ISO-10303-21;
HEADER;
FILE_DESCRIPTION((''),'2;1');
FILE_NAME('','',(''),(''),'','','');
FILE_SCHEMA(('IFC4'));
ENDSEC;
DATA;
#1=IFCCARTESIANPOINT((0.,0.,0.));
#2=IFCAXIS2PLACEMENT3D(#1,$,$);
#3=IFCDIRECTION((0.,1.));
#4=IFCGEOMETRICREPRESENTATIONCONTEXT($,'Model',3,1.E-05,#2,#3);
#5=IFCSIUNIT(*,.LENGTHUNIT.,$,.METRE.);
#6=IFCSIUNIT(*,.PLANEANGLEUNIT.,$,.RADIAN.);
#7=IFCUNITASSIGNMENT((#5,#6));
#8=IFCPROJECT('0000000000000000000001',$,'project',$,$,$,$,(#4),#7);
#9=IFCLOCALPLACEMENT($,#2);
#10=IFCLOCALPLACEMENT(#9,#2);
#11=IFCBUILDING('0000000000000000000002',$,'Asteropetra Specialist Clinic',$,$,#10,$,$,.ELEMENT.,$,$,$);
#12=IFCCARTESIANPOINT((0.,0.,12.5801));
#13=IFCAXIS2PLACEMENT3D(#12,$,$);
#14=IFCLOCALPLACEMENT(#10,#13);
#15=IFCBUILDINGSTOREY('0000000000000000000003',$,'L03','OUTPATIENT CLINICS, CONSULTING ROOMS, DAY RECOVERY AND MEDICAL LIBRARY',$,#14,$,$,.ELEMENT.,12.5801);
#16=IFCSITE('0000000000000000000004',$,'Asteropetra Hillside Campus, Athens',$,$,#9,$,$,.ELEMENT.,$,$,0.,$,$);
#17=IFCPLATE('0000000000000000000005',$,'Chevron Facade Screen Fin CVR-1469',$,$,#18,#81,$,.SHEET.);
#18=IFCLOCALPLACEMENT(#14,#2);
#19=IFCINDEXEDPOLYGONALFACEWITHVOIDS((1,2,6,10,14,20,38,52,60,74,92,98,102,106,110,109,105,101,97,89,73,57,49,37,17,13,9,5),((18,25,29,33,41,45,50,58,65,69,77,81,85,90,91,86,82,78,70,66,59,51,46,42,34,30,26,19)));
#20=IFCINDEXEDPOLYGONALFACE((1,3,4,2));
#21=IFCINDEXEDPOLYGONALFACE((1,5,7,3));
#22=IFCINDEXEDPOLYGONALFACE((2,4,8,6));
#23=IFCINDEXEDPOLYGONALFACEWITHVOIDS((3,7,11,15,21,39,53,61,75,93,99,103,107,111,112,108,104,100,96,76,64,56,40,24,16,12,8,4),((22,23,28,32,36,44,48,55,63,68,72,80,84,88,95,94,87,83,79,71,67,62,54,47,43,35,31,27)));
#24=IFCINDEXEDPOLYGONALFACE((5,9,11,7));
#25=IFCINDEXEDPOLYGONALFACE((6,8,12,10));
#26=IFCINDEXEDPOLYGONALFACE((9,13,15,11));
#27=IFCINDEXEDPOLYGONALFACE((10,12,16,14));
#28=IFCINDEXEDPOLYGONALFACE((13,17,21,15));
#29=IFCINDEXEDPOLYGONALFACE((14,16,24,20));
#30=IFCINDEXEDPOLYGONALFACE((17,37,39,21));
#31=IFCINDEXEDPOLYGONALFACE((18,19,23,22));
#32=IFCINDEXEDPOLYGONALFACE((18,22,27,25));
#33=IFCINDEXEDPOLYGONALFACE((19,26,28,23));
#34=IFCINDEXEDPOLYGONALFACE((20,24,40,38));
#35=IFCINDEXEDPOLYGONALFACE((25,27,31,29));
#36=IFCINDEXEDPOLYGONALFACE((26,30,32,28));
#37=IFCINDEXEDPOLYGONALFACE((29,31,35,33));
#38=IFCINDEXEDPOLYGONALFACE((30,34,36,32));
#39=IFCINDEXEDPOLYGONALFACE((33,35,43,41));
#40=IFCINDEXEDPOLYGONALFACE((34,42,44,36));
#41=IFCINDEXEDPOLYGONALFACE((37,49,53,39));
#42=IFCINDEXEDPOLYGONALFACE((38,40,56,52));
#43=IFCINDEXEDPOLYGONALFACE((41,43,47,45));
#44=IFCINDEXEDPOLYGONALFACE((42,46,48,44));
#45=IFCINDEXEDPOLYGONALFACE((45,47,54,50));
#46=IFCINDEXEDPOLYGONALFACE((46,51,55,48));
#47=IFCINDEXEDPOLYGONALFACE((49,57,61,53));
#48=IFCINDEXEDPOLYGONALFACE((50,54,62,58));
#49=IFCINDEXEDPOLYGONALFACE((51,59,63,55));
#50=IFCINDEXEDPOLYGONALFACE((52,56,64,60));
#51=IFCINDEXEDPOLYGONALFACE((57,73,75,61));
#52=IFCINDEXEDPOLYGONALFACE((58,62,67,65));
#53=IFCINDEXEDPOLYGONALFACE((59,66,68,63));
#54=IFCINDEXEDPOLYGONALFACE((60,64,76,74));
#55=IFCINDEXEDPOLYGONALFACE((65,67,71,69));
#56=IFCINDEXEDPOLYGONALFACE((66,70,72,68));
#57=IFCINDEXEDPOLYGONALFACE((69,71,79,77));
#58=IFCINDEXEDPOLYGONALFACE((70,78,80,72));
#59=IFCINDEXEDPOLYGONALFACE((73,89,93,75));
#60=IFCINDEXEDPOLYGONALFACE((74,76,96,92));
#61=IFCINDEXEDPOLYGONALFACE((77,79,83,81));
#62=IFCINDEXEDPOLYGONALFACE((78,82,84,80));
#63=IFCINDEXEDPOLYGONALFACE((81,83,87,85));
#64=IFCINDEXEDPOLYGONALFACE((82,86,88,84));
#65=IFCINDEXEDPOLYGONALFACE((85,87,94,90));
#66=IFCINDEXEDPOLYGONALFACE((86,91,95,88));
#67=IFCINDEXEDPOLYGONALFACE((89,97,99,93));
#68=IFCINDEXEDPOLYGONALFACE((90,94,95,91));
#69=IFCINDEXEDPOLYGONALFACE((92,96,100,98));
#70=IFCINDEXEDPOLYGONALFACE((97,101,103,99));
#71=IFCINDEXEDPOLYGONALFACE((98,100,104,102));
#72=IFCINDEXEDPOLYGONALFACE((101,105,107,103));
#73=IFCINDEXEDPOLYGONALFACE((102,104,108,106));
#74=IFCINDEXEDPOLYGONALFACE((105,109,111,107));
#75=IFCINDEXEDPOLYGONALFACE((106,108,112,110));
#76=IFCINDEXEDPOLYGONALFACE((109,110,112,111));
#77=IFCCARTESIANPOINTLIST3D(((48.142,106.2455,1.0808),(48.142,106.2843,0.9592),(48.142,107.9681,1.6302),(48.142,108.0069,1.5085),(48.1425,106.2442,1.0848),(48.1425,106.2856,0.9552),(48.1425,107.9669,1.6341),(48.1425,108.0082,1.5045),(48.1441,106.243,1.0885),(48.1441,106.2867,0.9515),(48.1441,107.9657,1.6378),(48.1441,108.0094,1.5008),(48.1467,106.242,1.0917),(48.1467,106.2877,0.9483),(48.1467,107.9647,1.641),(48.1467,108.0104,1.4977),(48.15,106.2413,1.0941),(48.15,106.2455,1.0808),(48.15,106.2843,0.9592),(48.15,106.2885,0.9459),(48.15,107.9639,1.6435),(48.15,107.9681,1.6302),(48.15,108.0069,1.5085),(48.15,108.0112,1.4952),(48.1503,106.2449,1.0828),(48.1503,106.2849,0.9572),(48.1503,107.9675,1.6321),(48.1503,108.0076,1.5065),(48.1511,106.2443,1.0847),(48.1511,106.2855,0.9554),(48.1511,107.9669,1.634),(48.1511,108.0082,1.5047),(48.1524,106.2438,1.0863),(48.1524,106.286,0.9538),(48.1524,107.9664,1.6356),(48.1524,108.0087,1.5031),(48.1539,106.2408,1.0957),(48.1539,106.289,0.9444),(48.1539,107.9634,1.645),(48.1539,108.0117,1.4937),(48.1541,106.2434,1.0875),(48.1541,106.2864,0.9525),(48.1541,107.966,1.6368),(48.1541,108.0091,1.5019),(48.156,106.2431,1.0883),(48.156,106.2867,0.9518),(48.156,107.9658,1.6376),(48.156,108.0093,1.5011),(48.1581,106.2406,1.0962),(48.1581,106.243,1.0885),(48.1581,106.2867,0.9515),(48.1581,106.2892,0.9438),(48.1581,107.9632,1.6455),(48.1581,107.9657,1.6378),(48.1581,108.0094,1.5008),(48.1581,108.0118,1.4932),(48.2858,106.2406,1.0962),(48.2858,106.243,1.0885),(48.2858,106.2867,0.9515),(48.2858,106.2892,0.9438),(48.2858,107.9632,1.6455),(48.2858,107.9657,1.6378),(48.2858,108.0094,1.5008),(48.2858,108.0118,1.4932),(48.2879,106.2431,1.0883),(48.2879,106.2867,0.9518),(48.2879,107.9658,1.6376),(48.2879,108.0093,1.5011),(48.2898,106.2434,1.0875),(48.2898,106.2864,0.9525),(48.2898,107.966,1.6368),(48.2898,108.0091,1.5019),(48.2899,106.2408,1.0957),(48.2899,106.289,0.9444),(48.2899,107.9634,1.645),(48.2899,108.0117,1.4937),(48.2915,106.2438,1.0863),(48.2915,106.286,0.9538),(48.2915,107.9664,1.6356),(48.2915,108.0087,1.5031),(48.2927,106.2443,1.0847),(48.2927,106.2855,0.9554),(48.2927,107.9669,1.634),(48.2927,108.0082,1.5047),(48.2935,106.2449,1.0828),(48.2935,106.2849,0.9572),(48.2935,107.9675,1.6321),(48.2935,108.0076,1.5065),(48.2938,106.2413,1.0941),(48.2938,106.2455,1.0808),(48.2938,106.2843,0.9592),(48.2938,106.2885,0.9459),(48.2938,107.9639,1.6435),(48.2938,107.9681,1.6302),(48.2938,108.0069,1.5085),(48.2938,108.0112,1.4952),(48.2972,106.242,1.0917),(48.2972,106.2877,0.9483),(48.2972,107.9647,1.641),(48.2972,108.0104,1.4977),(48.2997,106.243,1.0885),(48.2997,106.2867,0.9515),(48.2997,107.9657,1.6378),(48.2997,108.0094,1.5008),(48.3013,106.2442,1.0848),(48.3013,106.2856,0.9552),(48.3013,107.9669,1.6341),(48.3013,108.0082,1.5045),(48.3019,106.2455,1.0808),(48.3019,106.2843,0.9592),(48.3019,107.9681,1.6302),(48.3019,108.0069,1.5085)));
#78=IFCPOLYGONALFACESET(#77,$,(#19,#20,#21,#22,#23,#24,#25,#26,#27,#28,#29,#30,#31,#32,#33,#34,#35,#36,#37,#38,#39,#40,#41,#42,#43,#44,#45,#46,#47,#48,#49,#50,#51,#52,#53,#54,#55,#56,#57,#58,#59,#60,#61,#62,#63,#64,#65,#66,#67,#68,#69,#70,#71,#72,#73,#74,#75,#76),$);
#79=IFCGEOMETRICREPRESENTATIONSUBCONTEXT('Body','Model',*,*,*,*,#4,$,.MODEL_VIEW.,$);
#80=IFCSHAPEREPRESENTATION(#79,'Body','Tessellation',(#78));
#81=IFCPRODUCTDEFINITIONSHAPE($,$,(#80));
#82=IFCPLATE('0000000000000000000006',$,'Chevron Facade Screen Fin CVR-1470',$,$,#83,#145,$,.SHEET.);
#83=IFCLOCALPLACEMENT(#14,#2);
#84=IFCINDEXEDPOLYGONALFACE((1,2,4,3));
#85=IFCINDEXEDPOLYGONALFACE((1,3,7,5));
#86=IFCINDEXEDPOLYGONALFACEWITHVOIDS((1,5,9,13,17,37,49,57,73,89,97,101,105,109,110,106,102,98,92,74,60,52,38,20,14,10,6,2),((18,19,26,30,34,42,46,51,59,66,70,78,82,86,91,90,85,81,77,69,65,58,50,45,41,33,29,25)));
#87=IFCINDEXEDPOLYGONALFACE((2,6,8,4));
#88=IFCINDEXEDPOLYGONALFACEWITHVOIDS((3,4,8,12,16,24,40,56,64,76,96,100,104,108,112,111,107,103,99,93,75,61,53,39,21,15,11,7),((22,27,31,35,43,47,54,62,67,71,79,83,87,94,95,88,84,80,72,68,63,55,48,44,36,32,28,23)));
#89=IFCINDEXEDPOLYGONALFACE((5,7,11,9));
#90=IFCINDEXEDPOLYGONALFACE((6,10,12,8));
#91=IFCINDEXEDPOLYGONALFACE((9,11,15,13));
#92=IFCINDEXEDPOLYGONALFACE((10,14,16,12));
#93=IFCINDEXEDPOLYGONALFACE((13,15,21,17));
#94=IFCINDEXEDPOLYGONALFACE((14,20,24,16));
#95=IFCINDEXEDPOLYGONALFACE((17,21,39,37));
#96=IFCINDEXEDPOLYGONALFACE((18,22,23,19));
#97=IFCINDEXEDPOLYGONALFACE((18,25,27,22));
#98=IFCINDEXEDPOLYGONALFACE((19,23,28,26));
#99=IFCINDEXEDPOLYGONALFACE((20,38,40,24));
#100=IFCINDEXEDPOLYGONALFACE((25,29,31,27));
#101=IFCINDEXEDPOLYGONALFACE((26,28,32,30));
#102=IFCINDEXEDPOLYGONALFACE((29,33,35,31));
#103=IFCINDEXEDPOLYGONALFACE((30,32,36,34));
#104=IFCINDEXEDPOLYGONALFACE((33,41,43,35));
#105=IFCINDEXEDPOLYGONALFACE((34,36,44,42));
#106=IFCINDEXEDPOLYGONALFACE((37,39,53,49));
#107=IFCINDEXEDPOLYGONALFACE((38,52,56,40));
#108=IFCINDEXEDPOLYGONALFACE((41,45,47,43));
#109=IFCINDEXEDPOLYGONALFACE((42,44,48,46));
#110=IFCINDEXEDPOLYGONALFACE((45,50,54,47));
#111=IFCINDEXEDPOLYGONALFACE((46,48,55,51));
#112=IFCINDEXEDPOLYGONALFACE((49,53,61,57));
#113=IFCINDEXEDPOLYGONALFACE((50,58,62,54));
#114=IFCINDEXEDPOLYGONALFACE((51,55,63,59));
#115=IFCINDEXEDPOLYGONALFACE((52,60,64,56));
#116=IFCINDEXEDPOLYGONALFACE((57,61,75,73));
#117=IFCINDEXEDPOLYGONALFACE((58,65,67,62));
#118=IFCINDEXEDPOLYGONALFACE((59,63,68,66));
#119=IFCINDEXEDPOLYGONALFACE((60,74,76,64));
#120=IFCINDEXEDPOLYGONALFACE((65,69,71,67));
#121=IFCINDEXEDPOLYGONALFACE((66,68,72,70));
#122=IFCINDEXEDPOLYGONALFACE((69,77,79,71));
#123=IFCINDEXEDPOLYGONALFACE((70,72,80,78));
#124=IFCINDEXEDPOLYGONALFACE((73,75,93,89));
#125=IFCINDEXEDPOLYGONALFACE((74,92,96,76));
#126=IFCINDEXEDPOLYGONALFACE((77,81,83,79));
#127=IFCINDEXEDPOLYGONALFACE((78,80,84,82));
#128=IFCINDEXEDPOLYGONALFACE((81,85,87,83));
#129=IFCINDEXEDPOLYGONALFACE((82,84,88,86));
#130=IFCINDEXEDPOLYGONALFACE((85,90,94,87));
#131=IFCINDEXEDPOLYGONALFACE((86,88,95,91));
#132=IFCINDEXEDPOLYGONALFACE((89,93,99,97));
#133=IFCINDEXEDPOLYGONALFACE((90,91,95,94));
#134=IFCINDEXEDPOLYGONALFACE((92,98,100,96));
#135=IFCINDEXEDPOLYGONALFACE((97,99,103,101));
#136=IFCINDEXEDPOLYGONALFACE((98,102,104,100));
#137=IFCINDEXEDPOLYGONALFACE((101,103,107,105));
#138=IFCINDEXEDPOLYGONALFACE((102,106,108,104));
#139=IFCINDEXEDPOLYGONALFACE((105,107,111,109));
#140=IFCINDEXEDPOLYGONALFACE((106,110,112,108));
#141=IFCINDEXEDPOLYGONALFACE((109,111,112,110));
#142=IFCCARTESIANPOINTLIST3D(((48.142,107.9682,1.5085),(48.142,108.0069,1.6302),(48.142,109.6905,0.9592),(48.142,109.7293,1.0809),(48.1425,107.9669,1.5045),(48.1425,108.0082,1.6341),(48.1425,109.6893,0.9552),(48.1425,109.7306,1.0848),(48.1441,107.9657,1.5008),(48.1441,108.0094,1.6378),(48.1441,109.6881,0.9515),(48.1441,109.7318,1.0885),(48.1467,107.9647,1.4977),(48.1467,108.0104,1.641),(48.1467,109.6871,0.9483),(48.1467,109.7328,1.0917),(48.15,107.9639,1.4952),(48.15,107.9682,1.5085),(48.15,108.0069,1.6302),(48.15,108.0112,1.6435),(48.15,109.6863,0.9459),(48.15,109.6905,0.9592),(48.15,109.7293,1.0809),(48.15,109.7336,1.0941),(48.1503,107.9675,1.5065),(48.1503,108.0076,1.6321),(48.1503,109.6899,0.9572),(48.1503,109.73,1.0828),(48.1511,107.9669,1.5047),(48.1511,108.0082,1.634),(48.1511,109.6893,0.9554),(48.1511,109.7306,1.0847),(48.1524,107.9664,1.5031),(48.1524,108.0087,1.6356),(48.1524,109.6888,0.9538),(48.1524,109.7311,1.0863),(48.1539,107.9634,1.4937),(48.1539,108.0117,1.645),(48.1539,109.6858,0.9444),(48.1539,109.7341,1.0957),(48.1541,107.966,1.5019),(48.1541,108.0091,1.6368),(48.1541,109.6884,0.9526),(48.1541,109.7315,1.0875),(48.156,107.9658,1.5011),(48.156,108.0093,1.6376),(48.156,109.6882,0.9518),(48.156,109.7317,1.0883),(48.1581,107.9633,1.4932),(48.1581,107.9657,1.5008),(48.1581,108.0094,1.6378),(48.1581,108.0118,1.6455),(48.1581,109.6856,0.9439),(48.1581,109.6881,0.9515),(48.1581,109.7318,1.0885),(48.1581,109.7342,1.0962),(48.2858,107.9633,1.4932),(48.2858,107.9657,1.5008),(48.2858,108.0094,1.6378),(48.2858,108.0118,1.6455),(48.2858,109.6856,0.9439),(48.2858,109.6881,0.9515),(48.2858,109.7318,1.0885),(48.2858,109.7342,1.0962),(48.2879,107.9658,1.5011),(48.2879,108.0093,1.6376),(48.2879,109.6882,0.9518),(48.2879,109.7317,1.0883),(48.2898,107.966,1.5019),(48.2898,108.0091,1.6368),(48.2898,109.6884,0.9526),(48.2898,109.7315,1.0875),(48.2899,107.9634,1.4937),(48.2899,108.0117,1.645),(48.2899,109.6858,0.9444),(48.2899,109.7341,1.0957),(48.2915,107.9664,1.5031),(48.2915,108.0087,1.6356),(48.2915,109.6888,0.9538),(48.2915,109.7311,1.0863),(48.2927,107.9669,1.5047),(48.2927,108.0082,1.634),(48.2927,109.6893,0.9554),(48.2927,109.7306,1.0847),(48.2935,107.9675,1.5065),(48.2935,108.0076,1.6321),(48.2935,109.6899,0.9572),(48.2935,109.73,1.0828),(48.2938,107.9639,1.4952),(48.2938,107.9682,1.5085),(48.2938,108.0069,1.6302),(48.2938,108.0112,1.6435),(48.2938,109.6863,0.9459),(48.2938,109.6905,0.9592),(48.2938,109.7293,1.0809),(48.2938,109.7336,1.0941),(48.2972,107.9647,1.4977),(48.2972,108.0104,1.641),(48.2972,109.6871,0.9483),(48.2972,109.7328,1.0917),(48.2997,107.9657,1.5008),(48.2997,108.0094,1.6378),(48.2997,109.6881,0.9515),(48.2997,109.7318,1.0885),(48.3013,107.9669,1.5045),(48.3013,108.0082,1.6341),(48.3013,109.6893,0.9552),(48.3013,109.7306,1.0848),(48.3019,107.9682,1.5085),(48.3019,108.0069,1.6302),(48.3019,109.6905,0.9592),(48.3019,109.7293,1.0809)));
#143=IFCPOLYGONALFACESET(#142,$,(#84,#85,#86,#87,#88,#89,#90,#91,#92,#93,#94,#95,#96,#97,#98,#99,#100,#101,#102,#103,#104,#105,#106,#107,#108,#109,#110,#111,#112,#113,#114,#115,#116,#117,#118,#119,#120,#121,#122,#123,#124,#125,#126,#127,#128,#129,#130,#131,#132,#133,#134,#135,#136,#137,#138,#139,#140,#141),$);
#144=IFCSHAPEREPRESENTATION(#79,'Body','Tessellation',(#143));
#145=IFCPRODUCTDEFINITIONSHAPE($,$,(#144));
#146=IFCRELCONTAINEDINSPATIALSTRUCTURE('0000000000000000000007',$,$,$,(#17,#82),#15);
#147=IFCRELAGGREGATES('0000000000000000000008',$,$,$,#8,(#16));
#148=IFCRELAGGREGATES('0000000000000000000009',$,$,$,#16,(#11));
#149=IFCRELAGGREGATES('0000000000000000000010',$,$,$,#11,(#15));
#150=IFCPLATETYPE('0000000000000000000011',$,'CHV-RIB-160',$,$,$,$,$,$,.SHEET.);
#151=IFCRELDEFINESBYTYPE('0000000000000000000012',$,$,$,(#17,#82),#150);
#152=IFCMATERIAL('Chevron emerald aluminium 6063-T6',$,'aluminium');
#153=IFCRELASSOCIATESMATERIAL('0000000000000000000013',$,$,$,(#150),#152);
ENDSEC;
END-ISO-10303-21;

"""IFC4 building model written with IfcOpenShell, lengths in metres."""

from ifc_helpers import new_model, si_unit, direction, frame, origin, origin_2d, place, context, subcontext, project, spatial, hollow_rectangle, extrude, material, material_profile, profile_set, type_object, element, save


model = new_model("IFC4")

# Units and contexts
model_context = context("Model", 3, precision=1e-05, world=origin(), true_north=direction((0.0, 1.0)))
body_context = subcontext(model_context, "Body", "Model", "MODEL_VIEW")
ifc_project = project(units=[si_unit("LENGTHUNIT", "METRE"), si_unit("PLANEANGLEUNIT", "RADIAN")], contexts=[model_context])

# Site, building, storey
site_placement = place(None, origin())
site = spatial("IfcSite", under=ifc_project, at=site_placement, Name="Asteropetra Hillside Campus, Athens", CompositionType="ELEMENT", RefElevation=0.0)
building_placement = place(site_placement, origin())
building = spatial("IfcBuilding", under=site, at=building_placement, Name="Asteropetra Specialist Clinic", CompositionType="ELEMENT")
storey_placement = place(building_placement, frame((0.0, 0.0, 12.5801)))
storey = spatial("IfcBuildingStorey", under=building, at=storey_placement, Name="L03", Description="OUTPATIENT CLINICS, CONSULTING ROOMS, DAY RECOVERY AND MEDICAL LIBRARY", CompositionType="ELEMENT", Elevation=12.5801)

# Plates
ifc_material_1 = material(Name="Chevron emerald aluminium 6063-T6", Category="aluminium")
ifc_material_profile = material_profile(ifc_material_1, hollow_rectangle(XDim=0.1599, YDim=0.1599, WallThickness=0.0081, InnerFilletRadius=0.0081, OuterFilletRadius=0.0161, at=origin_2d()), Name="SHS 160x160x8.0")
ifc_profile_set = profile_set([ifc_material_profile], Name="Chevron emerald aluminium 6063-T6")
plate_type_1 = type_object("IfcPlateType", Name="CHV-RIB-160", PredefinedType="SHEET", material=ifc_profile_set)
plate_1_placement = place(storey_placement, frame((48.2219, 106.2649, 1.02), z_axis=(0.0, 0.952734, 0.303806), x_axis=(-1.0, 0.0, 0.0)))
element("IfcPlate", 1, at=plate_1_placement, inside=storey, type_object=plate_type_1, Name="Chevron Facade Screen Fin CVR-1469", PredefinedType="SHEET", context=body_context, shape_type="SweptSolid", body=[
    extrude(hollow_rectangle(XDim=0.1599, YDim=0.1599, WallThickness=0.0081, InnerFilletRadius=0.0081, OuterFilletRadius=0.0161, at=origin_2d()), origin(), (0.0, 0.0, 1.0), 1.8081),
])
plate_2_placement = place(storey_placement, frame((48.2219, 107.9875, 1.5693), z_axis=(0.0, 0.952722, -0.303845), x_axis=(-1.0, 0.0, 0.0)))
element("IfcPlate", 2, at=plate_2_placement, inside=storey, type_object=plate_type_1, Name="Chevron Facade Screen Fin CVR-1470", PredefinedType="SHEET", context=body_context, shape_type="SweptSolid", body=[
    extrude(hollow_rectangle(XDim=0.1599, YDim=0.1599, WallThickness=0.0081, InnerFilletRadius=0.0081, OuterFilletRadius=0.0161, at=origin_2d()), origin(), (0.0, 0.0, 1.0), 1.8079),
])

save(model, "model.ifc")
